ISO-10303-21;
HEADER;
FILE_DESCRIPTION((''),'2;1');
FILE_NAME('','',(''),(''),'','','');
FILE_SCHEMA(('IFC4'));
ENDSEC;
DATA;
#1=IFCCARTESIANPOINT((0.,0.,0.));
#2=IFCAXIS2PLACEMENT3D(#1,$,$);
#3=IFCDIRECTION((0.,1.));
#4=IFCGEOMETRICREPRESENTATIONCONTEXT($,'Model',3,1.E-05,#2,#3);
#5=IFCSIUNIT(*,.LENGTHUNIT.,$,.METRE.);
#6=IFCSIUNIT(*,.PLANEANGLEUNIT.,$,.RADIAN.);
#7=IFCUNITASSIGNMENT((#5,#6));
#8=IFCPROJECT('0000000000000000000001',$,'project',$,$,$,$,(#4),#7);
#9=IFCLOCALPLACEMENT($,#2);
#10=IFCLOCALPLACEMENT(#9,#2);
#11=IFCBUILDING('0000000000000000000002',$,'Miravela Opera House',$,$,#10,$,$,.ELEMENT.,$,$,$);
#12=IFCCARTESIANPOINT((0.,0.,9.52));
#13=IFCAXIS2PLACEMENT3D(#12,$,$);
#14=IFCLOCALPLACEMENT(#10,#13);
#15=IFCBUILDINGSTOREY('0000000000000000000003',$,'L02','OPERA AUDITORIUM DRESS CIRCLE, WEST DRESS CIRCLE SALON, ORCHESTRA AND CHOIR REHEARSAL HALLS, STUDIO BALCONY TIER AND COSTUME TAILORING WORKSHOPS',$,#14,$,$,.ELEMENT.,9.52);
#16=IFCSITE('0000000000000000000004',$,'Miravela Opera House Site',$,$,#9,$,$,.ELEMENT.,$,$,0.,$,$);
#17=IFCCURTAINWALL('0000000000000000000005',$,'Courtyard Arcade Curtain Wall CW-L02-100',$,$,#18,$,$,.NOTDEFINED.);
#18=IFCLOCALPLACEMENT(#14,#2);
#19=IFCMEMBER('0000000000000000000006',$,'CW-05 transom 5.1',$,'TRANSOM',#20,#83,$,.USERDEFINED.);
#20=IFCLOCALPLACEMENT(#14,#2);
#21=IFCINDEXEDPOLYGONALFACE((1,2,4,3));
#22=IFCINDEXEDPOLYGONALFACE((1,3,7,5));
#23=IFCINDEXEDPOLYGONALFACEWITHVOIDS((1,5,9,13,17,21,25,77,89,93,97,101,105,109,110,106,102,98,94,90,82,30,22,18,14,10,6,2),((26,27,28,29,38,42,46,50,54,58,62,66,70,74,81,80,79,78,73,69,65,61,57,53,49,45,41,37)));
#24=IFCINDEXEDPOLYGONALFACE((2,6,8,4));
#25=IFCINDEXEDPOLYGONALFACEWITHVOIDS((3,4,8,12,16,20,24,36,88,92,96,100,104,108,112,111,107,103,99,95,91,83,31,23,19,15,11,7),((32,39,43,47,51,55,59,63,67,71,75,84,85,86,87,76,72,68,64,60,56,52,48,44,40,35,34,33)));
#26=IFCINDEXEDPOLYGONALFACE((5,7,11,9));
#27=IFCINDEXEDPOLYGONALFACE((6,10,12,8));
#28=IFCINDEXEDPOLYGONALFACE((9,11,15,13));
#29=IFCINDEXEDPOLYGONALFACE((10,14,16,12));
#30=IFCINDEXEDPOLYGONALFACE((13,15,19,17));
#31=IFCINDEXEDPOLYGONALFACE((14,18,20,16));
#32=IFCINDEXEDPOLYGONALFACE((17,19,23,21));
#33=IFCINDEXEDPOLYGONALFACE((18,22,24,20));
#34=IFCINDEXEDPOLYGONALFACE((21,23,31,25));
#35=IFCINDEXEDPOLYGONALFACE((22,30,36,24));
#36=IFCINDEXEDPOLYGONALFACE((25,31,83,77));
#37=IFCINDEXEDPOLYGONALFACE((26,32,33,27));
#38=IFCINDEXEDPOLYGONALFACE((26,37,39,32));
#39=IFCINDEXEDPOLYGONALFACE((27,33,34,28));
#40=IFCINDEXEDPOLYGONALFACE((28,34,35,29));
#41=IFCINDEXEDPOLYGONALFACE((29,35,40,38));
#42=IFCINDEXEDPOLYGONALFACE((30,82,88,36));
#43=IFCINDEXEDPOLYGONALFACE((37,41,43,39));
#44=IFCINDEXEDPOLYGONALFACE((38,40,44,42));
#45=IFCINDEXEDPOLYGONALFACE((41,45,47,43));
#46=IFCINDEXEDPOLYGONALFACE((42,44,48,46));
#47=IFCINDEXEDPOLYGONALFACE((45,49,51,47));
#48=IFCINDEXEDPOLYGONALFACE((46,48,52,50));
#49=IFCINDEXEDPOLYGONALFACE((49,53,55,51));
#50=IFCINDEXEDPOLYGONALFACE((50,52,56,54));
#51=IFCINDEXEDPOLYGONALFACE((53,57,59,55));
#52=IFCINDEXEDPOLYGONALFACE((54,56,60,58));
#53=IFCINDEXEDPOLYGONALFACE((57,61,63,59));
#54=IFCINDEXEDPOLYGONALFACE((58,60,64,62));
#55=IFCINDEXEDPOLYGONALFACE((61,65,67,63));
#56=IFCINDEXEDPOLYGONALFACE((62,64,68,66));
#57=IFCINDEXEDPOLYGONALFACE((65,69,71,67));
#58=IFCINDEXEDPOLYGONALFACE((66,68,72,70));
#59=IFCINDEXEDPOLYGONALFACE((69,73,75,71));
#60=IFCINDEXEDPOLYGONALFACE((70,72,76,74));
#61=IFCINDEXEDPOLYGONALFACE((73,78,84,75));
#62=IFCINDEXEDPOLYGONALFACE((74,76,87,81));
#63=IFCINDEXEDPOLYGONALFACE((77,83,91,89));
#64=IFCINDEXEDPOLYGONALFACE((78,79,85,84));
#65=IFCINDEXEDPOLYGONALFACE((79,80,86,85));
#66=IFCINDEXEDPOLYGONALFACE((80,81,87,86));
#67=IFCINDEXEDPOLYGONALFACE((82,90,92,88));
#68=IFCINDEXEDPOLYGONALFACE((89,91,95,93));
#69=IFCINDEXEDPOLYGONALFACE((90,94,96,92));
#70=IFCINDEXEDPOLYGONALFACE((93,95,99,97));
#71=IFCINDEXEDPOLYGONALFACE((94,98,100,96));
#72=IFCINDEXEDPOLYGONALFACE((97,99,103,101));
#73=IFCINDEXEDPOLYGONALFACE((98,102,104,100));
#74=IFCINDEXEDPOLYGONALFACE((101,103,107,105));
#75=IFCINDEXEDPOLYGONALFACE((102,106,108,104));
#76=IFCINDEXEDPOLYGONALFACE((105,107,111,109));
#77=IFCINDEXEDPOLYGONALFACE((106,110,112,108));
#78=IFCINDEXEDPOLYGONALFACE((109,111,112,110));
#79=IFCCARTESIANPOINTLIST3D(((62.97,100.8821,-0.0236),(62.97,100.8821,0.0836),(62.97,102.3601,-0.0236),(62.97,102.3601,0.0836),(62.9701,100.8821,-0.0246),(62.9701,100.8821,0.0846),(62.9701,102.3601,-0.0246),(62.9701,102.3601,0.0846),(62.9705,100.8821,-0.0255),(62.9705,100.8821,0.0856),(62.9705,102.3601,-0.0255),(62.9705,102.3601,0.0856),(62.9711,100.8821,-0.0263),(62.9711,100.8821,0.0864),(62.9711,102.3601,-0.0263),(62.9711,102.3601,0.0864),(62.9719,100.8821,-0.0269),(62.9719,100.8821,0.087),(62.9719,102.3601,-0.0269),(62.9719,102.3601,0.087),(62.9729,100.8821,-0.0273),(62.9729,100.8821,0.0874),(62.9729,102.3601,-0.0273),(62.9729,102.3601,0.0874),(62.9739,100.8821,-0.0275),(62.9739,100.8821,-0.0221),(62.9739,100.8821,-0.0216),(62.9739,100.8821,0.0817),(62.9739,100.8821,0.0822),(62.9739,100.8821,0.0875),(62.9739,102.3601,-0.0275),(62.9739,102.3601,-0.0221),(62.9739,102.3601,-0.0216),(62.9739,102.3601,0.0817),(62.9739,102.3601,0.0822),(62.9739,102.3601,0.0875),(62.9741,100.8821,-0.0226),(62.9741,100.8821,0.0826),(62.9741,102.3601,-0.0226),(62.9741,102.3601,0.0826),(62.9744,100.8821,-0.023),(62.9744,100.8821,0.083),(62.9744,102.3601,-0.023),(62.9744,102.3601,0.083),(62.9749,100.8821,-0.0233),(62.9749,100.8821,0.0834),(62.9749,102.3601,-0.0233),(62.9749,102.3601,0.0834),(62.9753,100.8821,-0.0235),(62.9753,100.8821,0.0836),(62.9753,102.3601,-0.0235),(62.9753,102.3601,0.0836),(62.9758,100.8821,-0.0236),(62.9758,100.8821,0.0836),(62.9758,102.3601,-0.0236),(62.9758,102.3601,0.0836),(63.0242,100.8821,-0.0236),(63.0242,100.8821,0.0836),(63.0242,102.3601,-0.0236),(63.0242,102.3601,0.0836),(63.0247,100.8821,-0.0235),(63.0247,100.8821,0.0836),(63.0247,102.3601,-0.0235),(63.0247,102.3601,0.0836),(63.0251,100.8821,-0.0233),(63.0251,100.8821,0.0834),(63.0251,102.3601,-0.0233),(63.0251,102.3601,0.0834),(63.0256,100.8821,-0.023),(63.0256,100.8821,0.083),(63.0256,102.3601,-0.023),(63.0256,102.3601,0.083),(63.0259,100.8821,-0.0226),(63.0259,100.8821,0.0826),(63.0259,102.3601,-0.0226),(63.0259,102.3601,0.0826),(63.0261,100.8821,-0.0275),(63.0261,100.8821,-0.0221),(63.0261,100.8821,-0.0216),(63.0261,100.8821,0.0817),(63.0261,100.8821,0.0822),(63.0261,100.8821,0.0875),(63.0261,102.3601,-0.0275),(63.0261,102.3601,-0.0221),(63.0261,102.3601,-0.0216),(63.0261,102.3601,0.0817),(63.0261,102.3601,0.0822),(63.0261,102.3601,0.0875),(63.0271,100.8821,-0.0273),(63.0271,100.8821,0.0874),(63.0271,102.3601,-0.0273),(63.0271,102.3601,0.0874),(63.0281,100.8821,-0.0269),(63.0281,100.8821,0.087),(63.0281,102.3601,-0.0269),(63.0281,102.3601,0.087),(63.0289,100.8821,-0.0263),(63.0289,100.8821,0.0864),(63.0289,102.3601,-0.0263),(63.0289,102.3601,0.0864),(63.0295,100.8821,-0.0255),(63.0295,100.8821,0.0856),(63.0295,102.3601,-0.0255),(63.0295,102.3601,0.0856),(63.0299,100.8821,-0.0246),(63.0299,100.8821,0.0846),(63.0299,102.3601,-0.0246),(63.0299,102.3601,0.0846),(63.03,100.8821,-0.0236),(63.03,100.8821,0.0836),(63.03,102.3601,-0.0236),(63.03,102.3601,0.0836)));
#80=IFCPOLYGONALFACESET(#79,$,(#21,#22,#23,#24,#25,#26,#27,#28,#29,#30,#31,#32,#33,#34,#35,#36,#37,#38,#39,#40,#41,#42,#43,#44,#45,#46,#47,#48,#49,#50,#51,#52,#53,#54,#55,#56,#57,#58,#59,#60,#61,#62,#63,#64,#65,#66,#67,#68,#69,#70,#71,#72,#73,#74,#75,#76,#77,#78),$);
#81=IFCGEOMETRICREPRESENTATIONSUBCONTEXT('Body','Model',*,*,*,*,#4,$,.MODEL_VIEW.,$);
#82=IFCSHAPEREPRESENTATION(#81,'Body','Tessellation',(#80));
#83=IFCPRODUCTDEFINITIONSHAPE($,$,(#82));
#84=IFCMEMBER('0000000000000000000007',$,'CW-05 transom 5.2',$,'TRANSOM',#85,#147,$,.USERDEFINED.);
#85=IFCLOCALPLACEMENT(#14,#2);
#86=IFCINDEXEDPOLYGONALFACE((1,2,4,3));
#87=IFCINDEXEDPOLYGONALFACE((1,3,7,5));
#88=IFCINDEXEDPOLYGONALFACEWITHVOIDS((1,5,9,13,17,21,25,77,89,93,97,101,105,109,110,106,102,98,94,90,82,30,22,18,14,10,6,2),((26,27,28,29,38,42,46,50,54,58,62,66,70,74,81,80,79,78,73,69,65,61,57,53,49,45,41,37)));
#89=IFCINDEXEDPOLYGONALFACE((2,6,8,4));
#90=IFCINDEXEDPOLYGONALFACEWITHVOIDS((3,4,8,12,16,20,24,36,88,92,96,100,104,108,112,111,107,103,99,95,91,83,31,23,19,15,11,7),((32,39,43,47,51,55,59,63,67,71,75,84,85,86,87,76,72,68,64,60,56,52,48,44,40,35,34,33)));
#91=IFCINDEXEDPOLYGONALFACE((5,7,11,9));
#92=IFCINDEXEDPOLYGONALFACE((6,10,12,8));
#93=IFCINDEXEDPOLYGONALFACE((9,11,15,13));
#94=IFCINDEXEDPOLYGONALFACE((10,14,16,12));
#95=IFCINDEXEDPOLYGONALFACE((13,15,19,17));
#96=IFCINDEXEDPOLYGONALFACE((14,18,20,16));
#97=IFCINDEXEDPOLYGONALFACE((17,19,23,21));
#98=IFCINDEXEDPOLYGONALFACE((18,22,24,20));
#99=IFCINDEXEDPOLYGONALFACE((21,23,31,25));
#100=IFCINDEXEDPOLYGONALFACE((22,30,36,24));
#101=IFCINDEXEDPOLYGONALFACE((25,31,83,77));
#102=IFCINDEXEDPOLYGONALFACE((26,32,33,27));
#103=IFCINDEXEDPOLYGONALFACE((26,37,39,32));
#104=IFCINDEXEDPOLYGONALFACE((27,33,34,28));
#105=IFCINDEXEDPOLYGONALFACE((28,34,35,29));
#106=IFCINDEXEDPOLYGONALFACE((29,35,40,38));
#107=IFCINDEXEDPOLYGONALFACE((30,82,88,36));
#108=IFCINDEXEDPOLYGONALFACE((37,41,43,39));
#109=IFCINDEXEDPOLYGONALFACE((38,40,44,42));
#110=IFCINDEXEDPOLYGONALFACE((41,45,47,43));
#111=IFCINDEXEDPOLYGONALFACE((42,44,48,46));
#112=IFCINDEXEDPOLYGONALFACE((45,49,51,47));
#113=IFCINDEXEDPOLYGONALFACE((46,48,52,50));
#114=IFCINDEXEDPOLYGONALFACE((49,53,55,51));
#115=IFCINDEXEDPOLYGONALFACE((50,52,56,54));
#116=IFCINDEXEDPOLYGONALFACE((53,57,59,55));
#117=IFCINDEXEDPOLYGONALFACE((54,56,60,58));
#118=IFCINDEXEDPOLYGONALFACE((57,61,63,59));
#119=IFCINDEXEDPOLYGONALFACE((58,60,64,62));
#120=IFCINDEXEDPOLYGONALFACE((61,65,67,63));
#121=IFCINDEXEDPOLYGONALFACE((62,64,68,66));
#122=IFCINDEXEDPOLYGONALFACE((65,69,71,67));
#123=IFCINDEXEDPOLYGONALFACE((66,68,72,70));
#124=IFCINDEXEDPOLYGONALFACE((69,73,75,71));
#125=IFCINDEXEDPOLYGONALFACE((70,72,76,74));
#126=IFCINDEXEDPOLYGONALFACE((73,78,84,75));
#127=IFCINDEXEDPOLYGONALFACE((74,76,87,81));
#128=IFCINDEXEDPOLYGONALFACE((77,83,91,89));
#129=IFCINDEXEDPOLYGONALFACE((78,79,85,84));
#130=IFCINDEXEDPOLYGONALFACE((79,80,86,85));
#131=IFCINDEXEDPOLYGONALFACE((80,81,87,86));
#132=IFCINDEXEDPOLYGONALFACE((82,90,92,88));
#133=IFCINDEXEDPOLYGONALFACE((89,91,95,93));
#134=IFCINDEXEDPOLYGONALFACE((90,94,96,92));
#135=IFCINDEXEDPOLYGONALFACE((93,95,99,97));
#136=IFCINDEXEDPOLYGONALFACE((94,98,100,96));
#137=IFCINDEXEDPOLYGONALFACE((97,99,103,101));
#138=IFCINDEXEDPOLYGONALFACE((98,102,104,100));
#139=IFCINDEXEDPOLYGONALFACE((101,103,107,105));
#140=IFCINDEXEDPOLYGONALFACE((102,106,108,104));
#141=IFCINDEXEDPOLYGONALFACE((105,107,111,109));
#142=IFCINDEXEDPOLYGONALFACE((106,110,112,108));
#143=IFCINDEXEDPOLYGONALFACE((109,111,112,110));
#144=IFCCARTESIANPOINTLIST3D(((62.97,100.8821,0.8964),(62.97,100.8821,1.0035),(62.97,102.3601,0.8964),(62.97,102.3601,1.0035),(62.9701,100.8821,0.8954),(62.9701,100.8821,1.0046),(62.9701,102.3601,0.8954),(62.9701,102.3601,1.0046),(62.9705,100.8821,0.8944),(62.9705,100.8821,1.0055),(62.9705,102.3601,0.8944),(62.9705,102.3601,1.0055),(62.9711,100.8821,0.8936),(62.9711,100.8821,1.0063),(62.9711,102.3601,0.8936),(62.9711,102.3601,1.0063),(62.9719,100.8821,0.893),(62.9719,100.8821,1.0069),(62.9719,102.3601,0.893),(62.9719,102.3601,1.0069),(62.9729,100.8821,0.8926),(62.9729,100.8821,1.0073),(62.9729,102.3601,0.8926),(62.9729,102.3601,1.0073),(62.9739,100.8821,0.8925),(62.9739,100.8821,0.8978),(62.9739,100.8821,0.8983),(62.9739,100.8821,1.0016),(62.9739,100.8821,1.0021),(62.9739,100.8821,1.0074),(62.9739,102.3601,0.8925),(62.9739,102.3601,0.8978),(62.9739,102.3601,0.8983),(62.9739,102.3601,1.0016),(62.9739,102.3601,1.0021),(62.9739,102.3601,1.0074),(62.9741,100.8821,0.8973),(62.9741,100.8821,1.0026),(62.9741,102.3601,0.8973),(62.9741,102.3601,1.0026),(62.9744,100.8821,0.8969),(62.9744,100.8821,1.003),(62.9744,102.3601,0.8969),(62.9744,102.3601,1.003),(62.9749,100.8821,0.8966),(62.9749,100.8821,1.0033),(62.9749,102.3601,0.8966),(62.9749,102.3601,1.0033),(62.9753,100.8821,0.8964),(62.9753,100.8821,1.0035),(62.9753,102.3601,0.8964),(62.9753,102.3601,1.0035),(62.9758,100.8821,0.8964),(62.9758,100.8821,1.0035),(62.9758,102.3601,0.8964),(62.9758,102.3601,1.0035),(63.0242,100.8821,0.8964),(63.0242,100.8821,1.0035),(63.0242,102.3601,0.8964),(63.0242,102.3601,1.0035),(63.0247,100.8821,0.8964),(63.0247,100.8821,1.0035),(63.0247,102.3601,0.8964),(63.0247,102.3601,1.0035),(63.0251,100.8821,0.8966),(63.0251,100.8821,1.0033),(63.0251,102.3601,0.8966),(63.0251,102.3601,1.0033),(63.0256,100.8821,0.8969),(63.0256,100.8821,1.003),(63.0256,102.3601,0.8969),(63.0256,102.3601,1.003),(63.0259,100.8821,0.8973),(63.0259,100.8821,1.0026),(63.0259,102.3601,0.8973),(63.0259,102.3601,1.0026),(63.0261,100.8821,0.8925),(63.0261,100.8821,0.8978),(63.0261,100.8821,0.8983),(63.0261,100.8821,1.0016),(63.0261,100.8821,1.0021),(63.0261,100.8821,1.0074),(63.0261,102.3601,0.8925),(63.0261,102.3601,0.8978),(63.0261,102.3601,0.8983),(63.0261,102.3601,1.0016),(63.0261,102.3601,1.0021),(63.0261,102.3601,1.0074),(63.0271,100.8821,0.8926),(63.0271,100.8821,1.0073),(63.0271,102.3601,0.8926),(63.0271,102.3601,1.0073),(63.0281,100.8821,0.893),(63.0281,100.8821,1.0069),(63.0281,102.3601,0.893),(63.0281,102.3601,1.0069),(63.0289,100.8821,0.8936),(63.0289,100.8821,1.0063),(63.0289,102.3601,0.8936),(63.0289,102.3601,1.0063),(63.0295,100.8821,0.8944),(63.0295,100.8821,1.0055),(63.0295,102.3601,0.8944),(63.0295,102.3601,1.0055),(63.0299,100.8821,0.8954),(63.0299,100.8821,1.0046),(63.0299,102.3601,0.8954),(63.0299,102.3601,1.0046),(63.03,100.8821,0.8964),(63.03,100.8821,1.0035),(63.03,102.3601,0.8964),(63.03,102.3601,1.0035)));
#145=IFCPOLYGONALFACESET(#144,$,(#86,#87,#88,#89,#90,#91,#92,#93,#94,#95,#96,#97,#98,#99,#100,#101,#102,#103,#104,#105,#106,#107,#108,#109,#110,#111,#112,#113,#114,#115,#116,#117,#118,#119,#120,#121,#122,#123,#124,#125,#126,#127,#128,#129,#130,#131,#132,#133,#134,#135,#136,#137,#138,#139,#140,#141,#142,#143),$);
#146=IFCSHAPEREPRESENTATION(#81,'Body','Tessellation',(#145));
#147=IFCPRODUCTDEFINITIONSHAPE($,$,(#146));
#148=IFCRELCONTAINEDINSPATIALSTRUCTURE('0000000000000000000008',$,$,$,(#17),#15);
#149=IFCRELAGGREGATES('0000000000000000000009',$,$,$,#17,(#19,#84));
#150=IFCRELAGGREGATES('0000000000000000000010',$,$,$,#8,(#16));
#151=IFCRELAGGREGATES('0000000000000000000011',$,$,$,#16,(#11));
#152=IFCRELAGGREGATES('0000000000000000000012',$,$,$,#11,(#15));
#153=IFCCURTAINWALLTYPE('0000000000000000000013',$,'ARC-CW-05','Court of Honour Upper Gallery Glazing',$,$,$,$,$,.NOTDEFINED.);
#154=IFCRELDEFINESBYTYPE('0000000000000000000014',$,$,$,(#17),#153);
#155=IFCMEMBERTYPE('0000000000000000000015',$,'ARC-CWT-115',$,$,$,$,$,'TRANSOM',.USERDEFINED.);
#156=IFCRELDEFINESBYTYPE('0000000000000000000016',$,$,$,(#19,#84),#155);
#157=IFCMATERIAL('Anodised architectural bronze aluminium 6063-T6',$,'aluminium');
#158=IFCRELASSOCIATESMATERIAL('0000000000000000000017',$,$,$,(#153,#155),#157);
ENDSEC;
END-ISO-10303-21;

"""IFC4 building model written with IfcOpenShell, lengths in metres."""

from ifc_helpers import new_model, si_unit, direction, frame, origin, origin_2d, place, context, subcontext, project, spatial, hollow_rectangle, extrude, material, material_profile, profile_set, type_object, element, aggregate, save


model = new_model("IFC4")

# Units and contexts
model_context = context("Model", 3, precision=1e-05, world=origin(), true_north=direction((0.0, 1.0)))
body_context = subcontext(model_context, "Body", "Model", "MODEL_VIEW")
ifc_project = project(units=[si_unit("LENGTHUNIT", "METRE"), si_unit("PLANEANGLEUNIT", "RADIAN")], contexts=[model_context])

# Site, building, storey
site_placement = place(None, origin())
site = spatial("IfcSite", under=ifc_project, at=site_placement, Name="Miravela Opera House Site", CompositionType="ELEMENT", RefElevation=0.0)
building_placement = place(site_placement, origin())
building = spatial("IfcBuilding", under=site, at=building_placement, Name="Miravela Opera House", CompositionType="ELEMENT")
storey_placement = place(building_placement, frame((0.0, 0.0, 9.52)))
storey = spatial("IfcBuildingStorey", under=building, at=storey_placement, Name="L02", Description="OPERA AUDITORIUM DRESS CIRCLE, WEST DRESS CIRCLE SALON, ORCHESTRA AND CHOIR REHEARSAL HALLS, STUDIO BALCONY TIER AND COSTUME TAILORING WORKSHOPS", CompositionType="ELEMENT", Elevation=9.52)

# Curtain wall, members
ifc_material_1 = material(Name="Anodised architectural bronze aluminium 6063-T6", Category="aluminium")
curtain_wall_type = type_object("IfcCurtainWallType", Name="ARC-CW-05", Description="Court of Honour Upper Gallery Glazing", PredefinedType="NOTDEFINED", material=ifc_material_1)
curtain_wall_placement = place(storey_placement, origin())
curtain_wall = element("IfcCurtainWall", 1, at=curtain_wall_placement, inside=storey, type_object=curtain_wall_type, Name="Courtyard Arcade Curtain Wall CW-L02-100", PredefinedType="NOTDEFINED")
ifc_material_profile_1 = material_profile(ifc_material_1, hollow_rectangle(XDim=0.0601, YDim=0.115, WallThickness=0.0039, InnerFilletRadius=0.002, OuterFilletRadius=0.0039, at=origin_2d()), Name="CWT-60X115")
ifc_profile_set_1 = profile_set([ifc_material_profile_1])
member_type_1 = type_object("IfcMemberType", Name="ARC-CWT-115", ElementType="TRANSOM", PredefinedType="USERDEFINED", material=ifc_profile_set_1)
member_1_placement = place(storey_placement, frame((63.0, 100.8821, 0.03), z_axis=(0.0, 1.0, 0.0), x_axis=(-1.0, 0.0, 0.0)))
member_1 = element("IfcMember", 2, at=member_1_placement, type_object=member_type_1, Name="CW-05 transom 5.1", ObjectType="TRANSOM", PredefinedType="USERDEFINED", context=body_context, shape_type="SweptSolid", body=[
    extrude(hollow_rectangle(XDim=0.0601, YDim=0.115, WallThickness=0.0039, InnerFilletRadius=0.002, OuterFilletRadius=0.0039, at=origin_2d()), origin(), (0.0, 0.0, 1.0), 1.478),
])
member_2_placement = place(storey_placement, frame((63.0, 100.8821, 0.95), z_axis=(0.0, 1.0, 0.0), x_axis=(-1.0, 0.0, 0.0)))
member_2 = element("IfcMember", 3, at=member_2_placement, type_object=member_type_1, Name="CW-05 transom 5.2", ObjectType="TRANSOM", PredefinedType="USERDEFINED", context=body_context, shape_type="SweptSolid", body=[
    extrude(hollow_rectangle(XDim=0.0601, YDim=0.115, WallThickness=0.0039, InnerFilletRadius=0.002, OuterFilletRadius=0.0039, at=origin_2d()), origin(), (0.0, 0.0, 1.0), 1.478),
])

aggregate(curtain_wall, [member_1, member_2])

save(model, "model.ifc")
